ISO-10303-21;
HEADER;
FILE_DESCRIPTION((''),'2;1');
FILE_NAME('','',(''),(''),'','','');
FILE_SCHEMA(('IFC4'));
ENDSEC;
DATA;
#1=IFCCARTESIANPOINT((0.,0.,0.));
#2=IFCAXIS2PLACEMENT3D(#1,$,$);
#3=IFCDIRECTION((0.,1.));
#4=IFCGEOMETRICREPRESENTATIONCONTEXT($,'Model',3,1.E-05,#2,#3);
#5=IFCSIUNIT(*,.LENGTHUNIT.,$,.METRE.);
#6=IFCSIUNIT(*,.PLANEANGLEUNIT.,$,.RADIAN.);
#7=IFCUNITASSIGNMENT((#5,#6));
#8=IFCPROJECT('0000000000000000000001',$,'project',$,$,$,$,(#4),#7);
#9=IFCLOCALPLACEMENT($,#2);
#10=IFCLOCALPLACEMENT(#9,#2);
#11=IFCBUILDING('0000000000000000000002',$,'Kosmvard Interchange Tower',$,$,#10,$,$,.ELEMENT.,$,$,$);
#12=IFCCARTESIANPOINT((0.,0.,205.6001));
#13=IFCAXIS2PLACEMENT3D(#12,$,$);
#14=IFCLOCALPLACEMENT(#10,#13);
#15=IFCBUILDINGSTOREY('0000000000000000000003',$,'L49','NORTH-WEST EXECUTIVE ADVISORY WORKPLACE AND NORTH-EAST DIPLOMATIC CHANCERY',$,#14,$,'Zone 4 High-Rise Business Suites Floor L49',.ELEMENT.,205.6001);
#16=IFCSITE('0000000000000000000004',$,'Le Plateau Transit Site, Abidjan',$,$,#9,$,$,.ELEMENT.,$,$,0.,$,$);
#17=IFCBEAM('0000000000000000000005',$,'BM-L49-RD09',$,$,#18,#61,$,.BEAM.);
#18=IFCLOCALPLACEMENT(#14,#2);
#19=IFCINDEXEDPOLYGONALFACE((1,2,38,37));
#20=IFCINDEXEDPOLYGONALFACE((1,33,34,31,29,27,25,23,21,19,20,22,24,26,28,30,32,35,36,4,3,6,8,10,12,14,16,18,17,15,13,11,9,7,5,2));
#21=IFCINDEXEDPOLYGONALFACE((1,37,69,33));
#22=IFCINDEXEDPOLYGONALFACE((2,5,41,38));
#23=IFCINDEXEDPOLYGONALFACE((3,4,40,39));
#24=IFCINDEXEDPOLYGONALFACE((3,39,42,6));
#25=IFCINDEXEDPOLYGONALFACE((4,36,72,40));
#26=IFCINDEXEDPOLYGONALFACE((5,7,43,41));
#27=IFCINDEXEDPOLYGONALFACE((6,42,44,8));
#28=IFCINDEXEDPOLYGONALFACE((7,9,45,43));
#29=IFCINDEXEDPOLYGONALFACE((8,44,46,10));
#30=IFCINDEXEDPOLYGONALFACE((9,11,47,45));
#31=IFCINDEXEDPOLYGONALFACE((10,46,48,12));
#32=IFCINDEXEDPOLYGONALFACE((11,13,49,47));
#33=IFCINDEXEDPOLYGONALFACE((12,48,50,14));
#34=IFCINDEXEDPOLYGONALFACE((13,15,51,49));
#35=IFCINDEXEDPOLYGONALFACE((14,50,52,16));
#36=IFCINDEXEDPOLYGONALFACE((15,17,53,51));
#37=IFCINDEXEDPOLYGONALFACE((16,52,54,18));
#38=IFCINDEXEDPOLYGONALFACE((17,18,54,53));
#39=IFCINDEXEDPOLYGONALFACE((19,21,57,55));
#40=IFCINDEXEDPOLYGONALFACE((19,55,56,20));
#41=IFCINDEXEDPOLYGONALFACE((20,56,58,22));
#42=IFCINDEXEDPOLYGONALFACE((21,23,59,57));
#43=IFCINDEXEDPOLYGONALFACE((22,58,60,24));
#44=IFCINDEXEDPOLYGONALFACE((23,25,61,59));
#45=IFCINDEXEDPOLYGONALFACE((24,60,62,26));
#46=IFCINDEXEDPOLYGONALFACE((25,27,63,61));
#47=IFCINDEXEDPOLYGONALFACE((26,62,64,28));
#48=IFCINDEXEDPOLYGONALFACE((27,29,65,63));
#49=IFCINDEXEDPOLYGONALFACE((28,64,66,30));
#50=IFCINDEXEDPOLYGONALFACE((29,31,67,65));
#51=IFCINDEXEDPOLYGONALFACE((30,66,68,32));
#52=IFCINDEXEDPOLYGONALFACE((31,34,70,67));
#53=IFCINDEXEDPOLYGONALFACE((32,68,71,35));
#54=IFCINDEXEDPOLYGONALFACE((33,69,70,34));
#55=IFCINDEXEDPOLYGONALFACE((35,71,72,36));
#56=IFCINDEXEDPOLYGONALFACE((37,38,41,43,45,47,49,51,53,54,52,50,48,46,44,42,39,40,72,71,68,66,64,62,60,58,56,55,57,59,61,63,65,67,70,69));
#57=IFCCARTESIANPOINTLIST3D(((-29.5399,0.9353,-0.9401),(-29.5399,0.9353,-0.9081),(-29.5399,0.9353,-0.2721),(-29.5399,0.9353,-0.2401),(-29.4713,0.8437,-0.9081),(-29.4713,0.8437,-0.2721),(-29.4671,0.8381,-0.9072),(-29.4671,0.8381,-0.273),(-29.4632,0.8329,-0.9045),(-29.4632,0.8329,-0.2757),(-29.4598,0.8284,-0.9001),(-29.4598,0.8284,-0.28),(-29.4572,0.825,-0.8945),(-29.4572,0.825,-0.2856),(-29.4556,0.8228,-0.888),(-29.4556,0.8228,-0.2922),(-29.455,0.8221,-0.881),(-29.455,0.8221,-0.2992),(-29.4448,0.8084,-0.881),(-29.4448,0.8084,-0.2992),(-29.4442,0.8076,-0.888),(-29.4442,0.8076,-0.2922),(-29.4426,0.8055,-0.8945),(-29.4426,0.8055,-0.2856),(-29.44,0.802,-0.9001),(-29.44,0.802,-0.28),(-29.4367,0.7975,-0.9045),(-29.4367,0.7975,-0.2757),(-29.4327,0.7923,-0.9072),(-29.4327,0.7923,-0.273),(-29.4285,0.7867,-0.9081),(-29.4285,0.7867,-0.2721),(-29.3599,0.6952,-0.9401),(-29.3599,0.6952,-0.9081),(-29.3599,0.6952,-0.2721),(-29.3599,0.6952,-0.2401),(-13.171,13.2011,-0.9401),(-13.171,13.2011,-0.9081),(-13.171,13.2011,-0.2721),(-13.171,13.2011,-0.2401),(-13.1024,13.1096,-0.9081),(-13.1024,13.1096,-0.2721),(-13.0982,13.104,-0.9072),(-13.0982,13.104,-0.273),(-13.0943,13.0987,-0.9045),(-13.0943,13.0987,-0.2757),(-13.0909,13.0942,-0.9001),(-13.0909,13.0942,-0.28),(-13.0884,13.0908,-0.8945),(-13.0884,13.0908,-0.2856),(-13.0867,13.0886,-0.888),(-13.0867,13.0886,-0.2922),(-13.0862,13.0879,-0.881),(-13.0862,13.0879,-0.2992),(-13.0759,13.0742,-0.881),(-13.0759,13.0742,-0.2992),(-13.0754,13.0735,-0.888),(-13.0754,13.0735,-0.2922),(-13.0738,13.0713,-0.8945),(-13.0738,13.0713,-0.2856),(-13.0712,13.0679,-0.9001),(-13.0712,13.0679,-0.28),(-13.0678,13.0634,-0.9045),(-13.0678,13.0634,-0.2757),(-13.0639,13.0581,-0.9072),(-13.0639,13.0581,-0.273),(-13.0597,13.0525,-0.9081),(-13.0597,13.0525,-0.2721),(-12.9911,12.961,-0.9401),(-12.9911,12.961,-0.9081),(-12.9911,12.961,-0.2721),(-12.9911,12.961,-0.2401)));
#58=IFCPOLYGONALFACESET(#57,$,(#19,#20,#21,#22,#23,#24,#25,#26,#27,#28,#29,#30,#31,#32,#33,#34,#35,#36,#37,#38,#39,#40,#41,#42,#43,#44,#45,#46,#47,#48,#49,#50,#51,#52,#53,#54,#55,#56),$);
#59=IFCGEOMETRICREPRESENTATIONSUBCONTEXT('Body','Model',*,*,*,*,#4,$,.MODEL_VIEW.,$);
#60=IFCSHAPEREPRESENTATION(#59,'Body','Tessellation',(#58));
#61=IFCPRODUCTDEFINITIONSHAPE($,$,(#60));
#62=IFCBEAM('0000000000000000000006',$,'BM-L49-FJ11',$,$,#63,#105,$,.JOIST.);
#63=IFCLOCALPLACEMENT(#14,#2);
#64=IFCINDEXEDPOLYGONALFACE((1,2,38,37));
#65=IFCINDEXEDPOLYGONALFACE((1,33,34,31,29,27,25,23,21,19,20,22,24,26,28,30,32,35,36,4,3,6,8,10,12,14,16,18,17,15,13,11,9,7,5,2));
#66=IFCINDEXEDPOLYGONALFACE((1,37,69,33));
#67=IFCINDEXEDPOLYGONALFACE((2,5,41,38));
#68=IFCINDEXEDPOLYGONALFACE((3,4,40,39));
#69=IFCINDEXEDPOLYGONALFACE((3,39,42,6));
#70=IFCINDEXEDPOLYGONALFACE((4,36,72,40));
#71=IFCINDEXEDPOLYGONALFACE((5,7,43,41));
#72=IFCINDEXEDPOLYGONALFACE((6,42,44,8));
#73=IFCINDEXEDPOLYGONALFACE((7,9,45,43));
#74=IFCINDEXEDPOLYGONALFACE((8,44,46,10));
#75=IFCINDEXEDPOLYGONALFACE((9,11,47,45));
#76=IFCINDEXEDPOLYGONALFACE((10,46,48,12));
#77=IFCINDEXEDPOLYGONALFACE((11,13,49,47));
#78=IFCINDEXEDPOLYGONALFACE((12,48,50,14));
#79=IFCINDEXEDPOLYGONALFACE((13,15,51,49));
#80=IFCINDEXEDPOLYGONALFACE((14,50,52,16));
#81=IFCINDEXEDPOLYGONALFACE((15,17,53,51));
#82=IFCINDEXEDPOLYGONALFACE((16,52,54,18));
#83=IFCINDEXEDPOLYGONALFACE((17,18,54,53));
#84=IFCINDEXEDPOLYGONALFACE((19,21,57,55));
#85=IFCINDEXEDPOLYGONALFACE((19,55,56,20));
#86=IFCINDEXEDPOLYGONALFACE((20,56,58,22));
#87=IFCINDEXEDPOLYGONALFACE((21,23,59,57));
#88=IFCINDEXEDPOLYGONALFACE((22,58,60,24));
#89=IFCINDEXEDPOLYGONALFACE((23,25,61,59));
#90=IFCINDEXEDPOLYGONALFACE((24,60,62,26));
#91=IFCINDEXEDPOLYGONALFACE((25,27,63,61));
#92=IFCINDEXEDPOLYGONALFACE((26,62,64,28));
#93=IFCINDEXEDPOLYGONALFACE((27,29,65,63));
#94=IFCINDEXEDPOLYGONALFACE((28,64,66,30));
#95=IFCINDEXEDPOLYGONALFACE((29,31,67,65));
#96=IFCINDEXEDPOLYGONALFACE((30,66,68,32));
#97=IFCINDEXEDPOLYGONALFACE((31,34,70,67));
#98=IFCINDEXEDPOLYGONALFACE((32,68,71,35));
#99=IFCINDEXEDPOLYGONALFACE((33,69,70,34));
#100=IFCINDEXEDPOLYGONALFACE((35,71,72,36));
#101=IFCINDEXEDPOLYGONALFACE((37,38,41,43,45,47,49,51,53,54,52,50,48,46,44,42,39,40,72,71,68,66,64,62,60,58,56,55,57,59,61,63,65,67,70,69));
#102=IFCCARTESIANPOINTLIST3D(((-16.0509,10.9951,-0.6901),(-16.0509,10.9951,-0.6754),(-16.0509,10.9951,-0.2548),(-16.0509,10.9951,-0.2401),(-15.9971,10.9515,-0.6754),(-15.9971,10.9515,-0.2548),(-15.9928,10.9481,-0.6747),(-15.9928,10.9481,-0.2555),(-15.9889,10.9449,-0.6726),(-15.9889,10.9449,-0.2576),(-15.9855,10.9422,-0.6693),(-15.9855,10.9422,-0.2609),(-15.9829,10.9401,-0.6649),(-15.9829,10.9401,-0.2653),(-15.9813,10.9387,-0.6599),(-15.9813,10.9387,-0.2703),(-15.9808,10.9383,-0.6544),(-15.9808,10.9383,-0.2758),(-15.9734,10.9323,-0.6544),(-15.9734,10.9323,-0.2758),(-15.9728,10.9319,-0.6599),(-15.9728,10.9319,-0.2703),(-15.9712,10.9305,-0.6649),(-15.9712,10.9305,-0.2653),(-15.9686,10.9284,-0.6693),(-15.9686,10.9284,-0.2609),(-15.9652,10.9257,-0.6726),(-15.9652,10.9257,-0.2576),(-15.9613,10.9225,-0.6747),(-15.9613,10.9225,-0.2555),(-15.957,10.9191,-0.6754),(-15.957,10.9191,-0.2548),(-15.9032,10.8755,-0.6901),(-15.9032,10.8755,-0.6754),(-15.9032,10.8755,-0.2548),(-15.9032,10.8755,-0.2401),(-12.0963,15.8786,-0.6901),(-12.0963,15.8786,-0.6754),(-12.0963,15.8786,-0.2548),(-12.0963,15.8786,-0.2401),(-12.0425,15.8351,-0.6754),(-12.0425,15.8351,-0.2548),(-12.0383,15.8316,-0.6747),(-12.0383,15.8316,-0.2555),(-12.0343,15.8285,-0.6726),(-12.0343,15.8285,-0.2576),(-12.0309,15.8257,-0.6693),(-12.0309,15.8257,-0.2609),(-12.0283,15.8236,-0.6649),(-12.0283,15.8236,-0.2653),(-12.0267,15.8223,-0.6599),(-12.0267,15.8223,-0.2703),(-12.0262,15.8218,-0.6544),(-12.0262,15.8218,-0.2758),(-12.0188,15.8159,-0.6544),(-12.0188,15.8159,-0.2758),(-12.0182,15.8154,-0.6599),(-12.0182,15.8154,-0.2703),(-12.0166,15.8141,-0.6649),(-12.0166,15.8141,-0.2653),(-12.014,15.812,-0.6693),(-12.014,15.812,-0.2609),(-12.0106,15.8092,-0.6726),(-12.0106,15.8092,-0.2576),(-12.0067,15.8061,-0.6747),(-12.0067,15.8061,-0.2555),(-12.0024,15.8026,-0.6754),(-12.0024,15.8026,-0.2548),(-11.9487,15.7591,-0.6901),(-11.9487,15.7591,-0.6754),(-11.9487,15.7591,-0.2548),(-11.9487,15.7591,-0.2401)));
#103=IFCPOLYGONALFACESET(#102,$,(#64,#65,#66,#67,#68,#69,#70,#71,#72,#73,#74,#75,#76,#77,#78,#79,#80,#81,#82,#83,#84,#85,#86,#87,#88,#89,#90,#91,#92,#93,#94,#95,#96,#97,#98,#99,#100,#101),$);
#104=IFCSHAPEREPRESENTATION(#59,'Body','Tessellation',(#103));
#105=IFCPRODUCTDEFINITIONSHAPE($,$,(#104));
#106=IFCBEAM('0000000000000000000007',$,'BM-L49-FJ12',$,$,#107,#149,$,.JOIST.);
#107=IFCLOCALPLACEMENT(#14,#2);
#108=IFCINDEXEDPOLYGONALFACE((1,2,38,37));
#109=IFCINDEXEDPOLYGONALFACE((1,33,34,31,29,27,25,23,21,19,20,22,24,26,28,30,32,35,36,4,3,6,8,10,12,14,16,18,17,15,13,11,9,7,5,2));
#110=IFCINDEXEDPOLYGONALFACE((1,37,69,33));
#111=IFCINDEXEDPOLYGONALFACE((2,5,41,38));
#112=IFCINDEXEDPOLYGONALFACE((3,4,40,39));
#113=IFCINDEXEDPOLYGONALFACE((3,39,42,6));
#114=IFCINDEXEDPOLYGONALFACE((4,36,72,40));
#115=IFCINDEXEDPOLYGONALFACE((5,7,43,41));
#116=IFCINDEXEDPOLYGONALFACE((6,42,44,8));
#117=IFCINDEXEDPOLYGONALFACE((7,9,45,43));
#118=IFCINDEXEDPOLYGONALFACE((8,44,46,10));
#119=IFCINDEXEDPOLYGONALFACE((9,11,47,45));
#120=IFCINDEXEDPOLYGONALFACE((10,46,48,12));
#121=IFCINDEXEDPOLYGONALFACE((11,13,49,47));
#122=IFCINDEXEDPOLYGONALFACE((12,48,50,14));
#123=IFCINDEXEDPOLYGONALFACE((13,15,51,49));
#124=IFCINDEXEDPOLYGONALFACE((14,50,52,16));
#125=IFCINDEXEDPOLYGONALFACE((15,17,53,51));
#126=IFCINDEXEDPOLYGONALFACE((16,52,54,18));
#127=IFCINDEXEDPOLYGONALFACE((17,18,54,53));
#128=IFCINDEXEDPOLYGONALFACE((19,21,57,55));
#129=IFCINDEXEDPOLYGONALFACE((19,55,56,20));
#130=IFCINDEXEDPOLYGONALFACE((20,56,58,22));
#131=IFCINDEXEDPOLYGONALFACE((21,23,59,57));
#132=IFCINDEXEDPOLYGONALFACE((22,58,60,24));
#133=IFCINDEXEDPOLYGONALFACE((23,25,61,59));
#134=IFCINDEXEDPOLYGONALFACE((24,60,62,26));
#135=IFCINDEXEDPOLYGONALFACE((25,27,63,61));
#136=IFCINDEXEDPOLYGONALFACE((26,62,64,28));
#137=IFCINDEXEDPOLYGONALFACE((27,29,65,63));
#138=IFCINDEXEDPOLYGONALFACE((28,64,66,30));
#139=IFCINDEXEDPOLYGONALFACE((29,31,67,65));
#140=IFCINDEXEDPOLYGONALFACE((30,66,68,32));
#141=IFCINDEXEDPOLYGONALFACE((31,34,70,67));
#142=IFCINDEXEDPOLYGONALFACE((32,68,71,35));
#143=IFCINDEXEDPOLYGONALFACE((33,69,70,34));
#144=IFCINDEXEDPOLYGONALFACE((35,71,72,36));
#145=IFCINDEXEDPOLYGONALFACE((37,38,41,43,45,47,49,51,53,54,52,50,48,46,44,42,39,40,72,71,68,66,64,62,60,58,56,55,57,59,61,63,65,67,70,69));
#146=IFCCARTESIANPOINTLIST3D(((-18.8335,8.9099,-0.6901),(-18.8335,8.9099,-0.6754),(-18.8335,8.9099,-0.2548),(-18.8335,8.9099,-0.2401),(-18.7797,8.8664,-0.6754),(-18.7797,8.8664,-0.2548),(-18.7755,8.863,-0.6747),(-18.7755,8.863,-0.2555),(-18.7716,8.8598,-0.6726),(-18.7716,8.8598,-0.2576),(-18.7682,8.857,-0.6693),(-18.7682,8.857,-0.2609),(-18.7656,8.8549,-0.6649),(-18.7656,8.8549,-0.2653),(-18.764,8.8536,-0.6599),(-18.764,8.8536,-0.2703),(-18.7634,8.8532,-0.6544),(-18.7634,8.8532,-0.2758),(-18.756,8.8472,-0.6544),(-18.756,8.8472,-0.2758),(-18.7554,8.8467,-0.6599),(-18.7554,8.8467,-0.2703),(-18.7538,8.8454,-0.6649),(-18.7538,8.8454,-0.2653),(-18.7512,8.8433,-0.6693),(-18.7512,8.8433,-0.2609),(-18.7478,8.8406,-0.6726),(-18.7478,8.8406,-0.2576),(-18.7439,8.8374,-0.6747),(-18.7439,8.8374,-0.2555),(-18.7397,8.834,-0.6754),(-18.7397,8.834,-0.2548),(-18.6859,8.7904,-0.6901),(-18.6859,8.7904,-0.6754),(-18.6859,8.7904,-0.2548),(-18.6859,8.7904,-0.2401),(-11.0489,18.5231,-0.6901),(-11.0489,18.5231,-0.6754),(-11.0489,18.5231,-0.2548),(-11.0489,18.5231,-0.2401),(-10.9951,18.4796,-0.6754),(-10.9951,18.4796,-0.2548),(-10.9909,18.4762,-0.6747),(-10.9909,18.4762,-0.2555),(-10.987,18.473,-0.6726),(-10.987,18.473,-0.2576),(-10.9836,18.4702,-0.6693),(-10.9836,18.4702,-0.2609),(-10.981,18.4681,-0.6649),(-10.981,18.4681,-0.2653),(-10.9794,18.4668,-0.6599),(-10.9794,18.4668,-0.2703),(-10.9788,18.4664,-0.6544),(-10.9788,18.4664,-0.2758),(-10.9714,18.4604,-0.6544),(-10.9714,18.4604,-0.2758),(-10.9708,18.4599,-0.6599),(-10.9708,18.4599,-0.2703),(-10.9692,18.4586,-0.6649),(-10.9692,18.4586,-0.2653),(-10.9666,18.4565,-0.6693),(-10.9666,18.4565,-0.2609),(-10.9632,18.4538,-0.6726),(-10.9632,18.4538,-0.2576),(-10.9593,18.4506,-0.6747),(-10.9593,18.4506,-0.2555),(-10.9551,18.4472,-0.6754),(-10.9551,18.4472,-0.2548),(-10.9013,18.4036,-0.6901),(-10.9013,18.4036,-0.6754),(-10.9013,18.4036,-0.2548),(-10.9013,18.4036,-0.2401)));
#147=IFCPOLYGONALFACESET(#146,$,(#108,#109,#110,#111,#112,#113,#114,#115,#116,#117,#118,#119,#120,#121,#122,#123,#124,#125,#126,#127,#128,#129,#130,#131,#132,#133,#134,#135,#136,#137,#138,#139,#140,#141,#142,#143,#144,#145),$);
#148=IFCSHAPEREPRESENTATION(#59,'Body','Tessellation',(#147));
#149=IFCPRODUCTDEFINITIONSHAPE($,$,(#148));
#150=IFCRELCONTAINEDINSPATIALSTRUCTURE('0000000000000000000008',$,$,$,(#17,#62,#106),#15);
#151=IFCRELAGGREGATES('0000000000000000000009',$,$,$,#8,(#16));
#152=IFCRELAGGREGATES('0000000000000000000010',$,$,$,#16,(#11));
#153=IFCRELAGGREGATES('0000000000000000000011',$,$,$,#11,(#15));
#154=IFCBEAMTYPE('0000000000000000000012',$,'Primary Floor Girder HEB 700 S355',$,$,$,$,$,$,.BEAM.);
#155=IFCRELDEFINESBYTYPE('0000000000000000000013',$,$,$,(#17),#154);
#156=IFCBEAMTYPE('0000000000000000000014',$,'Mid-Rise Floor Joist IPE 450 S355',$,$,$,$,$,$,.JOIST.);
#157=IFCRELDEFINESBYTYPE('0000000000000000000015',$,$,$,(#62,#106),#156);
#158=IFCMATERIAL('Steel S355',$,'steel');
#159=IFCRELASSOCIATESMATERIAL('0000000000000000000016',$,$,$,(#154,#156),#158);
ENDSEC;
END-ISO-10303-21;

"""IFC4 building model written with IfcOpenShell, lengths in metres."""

from ifc_helpers import new_model, si_unit, direction, frame, origin, origin_2d, place, context, subcontext, project, spatial, i_section, extrude, source, transform, mapped, material, material_profile, profile_set, type_object, element, save


model = new_model("IFC4")

# Units and contexts
model_context = context("Model", 3, precision=1e-05, world=origin(), true_north=direction((0.0, 1.0)))
body_context = subcontext(model_context, "Body", "Model", "MODEL_VIEW")
ifc_project = project(units=[si_unit("LENGTHUNIT", "METRE"), si_unit("PLANEANGLEUNIT", "RADIAN")], contexts=[model_context])

# Site, building, storey
site_placement = place(None, origin())
site = spatial("IfcSite", under=ifc_project, at=site_placement, Name="Le Plateau Transit Site, Abidjan", CompositionType="ELEMENT", RefElevation=0.0)
building_placement = place(site_placement, origin())
building = spatial("IfcBuilding", under=site, at=building_placement, Name="Kosmvard Interchange Tower", CompositionType="ELEMENT")
storey_placement = place(building_placement, frame((0.0, 0.0, 205.6001)))
storey = spatial("IfcBuildingStorey", under=building, at=storey_placement, Name="L49", Description="NORTH-WEST EXECUTIVE ADVISORY WORKPLACE AND NORTH-EAST DIPLOMATIC CHANCERY", LongName="Zone 4 High-Rise Business Suites Floor L49", CompositionType="ELEMENT", Elevation=205.6001)

# Beams
ifc_material_1 = material(Name="Steel S355", Category="steel")
ifc_material_profile_1 = material_profile(ifc_material_1, i_section(OverallWidth=0.3, OverallDepth=0.7, WebThickness=0.0171, FlangeThickness=0.032, FilletRadius=0.0271, at=origin_2d()), Name="HEB 700")
ifc_profile_set_1 = profile_set([ifc_material_profile_1], Name="Steel S355")
beam_type_1 = type_object("IfcBeamType", Name="Primary Floor Girder HEB 700 S355", PredefinedType="BEAM", material=ifc_profile_set_1)
shared_shape_1 = source(origin(), body_context, "Body", "SweptSolid", [
    extrude(i_section(OverallWidth=0.3, OverallDepth=0.7, WebThickness=0.0171, FlangeThickness=0.032, FilletRadius=0.0271, at=origin_2d()), origin(), (0.0, 0.0, 1.0), 20.4546),
])
beam_1_placement = place(storey_placement, frame((-13.0811, 13.0811, -0.5901), z_axis=(-0.800253, -0.599662, 0.0), x_axis=(0.599662, -0.800253, 0.0)))
element("IfcBeam", 1, at=beam_1_placement, inside=storey, type_object=beam_type_1, Name="BM-L49-RD09", PredefinedType="BEAM", context=body_context, shape_type="MappedRepresentation", body=[
    mapped(shared_shape_1, transform((0.0, 0.0, 0.0), scale=1.0)),
])
ifc_material_profile_2 = material_profile(ifc_material_1, i_section(OverallWidth=0.1899, OverallDepth=0.45, WebThickness=0.0095, FlangeThickness=0.0146, FilletRadius=0.021, at=origin_2d()), Name="IPE 450")
ifc_profile_set_2 = profile_set([ifc_material_profile_2], Name="Steel S355")
beam_type_2 = type_object("IfcBeamType", Name="Mid-Rise Floor Joist IPE 450 S355", PredefinedType="JOIST", material=ifc_profile_set_2)
shared_shape_2 = source(origin(), body_context, "Body", "SweptSolid", [
    extrude(i_section(OverallWidth=0.1899, OverallDepth=0.45, WebThickness=0.0095, FlangeThickness=0.0146, FilletRadius=0.021, at=origin_2d()), origin(), (0.0, 0.0, 1.0), 6.2839),
])
beam_2_placement = place(storey_placement, frame((-12.0225, 15.8188, -0.4651), z_axis=(-0.629318, -0.777148, 0.0), x_axis=(0.777148, -0.629318, 0.0)))
element("IfcBeam", 2, at=beam_2_placement, inside=storey, type_object=beam_type_2, Name="BM-L49-FJ11", PredefinedType="JOIST", context=body_context, shape_type="MappedRepresentation", body=[
    mapped(shared_shape_2, transform((0.0, 0.0, 0.0), scale=1.0)),
])
shared_shape_3 = source(origin(), body_context, "Body", "SweptSolid", [
    extrude(i_section(OverallWidth=0.1899, OverallDepth=0.45, WebThickness=0.0095, FlangeThickness=0.0146, FilletRadius=0.021, at=origin_2d()), origin(), (0.0, 0.0, 1.0), 12.3699),
])
beam_3_placement = place(storey_placement, frame((-10.9751, 18.4634, -0.4651), z_axis=(-0.62932, -0.777147, 0.0), x_axis=(0.777147, -0.62932, 0.0)))
element("IfcBeam", 3, at=beam_3_placement, inside=storey, type_object=beam_type_2, Name="BM-L49-FJ12", PredefinedType="JOIST", context=body_context, shape_type="MappedRepresentation", body=[
    mapped(shared_shape_3, transform((0.0, 0.0, 0.0), scale=1.0)),
])

save(model, "model.ifc")
